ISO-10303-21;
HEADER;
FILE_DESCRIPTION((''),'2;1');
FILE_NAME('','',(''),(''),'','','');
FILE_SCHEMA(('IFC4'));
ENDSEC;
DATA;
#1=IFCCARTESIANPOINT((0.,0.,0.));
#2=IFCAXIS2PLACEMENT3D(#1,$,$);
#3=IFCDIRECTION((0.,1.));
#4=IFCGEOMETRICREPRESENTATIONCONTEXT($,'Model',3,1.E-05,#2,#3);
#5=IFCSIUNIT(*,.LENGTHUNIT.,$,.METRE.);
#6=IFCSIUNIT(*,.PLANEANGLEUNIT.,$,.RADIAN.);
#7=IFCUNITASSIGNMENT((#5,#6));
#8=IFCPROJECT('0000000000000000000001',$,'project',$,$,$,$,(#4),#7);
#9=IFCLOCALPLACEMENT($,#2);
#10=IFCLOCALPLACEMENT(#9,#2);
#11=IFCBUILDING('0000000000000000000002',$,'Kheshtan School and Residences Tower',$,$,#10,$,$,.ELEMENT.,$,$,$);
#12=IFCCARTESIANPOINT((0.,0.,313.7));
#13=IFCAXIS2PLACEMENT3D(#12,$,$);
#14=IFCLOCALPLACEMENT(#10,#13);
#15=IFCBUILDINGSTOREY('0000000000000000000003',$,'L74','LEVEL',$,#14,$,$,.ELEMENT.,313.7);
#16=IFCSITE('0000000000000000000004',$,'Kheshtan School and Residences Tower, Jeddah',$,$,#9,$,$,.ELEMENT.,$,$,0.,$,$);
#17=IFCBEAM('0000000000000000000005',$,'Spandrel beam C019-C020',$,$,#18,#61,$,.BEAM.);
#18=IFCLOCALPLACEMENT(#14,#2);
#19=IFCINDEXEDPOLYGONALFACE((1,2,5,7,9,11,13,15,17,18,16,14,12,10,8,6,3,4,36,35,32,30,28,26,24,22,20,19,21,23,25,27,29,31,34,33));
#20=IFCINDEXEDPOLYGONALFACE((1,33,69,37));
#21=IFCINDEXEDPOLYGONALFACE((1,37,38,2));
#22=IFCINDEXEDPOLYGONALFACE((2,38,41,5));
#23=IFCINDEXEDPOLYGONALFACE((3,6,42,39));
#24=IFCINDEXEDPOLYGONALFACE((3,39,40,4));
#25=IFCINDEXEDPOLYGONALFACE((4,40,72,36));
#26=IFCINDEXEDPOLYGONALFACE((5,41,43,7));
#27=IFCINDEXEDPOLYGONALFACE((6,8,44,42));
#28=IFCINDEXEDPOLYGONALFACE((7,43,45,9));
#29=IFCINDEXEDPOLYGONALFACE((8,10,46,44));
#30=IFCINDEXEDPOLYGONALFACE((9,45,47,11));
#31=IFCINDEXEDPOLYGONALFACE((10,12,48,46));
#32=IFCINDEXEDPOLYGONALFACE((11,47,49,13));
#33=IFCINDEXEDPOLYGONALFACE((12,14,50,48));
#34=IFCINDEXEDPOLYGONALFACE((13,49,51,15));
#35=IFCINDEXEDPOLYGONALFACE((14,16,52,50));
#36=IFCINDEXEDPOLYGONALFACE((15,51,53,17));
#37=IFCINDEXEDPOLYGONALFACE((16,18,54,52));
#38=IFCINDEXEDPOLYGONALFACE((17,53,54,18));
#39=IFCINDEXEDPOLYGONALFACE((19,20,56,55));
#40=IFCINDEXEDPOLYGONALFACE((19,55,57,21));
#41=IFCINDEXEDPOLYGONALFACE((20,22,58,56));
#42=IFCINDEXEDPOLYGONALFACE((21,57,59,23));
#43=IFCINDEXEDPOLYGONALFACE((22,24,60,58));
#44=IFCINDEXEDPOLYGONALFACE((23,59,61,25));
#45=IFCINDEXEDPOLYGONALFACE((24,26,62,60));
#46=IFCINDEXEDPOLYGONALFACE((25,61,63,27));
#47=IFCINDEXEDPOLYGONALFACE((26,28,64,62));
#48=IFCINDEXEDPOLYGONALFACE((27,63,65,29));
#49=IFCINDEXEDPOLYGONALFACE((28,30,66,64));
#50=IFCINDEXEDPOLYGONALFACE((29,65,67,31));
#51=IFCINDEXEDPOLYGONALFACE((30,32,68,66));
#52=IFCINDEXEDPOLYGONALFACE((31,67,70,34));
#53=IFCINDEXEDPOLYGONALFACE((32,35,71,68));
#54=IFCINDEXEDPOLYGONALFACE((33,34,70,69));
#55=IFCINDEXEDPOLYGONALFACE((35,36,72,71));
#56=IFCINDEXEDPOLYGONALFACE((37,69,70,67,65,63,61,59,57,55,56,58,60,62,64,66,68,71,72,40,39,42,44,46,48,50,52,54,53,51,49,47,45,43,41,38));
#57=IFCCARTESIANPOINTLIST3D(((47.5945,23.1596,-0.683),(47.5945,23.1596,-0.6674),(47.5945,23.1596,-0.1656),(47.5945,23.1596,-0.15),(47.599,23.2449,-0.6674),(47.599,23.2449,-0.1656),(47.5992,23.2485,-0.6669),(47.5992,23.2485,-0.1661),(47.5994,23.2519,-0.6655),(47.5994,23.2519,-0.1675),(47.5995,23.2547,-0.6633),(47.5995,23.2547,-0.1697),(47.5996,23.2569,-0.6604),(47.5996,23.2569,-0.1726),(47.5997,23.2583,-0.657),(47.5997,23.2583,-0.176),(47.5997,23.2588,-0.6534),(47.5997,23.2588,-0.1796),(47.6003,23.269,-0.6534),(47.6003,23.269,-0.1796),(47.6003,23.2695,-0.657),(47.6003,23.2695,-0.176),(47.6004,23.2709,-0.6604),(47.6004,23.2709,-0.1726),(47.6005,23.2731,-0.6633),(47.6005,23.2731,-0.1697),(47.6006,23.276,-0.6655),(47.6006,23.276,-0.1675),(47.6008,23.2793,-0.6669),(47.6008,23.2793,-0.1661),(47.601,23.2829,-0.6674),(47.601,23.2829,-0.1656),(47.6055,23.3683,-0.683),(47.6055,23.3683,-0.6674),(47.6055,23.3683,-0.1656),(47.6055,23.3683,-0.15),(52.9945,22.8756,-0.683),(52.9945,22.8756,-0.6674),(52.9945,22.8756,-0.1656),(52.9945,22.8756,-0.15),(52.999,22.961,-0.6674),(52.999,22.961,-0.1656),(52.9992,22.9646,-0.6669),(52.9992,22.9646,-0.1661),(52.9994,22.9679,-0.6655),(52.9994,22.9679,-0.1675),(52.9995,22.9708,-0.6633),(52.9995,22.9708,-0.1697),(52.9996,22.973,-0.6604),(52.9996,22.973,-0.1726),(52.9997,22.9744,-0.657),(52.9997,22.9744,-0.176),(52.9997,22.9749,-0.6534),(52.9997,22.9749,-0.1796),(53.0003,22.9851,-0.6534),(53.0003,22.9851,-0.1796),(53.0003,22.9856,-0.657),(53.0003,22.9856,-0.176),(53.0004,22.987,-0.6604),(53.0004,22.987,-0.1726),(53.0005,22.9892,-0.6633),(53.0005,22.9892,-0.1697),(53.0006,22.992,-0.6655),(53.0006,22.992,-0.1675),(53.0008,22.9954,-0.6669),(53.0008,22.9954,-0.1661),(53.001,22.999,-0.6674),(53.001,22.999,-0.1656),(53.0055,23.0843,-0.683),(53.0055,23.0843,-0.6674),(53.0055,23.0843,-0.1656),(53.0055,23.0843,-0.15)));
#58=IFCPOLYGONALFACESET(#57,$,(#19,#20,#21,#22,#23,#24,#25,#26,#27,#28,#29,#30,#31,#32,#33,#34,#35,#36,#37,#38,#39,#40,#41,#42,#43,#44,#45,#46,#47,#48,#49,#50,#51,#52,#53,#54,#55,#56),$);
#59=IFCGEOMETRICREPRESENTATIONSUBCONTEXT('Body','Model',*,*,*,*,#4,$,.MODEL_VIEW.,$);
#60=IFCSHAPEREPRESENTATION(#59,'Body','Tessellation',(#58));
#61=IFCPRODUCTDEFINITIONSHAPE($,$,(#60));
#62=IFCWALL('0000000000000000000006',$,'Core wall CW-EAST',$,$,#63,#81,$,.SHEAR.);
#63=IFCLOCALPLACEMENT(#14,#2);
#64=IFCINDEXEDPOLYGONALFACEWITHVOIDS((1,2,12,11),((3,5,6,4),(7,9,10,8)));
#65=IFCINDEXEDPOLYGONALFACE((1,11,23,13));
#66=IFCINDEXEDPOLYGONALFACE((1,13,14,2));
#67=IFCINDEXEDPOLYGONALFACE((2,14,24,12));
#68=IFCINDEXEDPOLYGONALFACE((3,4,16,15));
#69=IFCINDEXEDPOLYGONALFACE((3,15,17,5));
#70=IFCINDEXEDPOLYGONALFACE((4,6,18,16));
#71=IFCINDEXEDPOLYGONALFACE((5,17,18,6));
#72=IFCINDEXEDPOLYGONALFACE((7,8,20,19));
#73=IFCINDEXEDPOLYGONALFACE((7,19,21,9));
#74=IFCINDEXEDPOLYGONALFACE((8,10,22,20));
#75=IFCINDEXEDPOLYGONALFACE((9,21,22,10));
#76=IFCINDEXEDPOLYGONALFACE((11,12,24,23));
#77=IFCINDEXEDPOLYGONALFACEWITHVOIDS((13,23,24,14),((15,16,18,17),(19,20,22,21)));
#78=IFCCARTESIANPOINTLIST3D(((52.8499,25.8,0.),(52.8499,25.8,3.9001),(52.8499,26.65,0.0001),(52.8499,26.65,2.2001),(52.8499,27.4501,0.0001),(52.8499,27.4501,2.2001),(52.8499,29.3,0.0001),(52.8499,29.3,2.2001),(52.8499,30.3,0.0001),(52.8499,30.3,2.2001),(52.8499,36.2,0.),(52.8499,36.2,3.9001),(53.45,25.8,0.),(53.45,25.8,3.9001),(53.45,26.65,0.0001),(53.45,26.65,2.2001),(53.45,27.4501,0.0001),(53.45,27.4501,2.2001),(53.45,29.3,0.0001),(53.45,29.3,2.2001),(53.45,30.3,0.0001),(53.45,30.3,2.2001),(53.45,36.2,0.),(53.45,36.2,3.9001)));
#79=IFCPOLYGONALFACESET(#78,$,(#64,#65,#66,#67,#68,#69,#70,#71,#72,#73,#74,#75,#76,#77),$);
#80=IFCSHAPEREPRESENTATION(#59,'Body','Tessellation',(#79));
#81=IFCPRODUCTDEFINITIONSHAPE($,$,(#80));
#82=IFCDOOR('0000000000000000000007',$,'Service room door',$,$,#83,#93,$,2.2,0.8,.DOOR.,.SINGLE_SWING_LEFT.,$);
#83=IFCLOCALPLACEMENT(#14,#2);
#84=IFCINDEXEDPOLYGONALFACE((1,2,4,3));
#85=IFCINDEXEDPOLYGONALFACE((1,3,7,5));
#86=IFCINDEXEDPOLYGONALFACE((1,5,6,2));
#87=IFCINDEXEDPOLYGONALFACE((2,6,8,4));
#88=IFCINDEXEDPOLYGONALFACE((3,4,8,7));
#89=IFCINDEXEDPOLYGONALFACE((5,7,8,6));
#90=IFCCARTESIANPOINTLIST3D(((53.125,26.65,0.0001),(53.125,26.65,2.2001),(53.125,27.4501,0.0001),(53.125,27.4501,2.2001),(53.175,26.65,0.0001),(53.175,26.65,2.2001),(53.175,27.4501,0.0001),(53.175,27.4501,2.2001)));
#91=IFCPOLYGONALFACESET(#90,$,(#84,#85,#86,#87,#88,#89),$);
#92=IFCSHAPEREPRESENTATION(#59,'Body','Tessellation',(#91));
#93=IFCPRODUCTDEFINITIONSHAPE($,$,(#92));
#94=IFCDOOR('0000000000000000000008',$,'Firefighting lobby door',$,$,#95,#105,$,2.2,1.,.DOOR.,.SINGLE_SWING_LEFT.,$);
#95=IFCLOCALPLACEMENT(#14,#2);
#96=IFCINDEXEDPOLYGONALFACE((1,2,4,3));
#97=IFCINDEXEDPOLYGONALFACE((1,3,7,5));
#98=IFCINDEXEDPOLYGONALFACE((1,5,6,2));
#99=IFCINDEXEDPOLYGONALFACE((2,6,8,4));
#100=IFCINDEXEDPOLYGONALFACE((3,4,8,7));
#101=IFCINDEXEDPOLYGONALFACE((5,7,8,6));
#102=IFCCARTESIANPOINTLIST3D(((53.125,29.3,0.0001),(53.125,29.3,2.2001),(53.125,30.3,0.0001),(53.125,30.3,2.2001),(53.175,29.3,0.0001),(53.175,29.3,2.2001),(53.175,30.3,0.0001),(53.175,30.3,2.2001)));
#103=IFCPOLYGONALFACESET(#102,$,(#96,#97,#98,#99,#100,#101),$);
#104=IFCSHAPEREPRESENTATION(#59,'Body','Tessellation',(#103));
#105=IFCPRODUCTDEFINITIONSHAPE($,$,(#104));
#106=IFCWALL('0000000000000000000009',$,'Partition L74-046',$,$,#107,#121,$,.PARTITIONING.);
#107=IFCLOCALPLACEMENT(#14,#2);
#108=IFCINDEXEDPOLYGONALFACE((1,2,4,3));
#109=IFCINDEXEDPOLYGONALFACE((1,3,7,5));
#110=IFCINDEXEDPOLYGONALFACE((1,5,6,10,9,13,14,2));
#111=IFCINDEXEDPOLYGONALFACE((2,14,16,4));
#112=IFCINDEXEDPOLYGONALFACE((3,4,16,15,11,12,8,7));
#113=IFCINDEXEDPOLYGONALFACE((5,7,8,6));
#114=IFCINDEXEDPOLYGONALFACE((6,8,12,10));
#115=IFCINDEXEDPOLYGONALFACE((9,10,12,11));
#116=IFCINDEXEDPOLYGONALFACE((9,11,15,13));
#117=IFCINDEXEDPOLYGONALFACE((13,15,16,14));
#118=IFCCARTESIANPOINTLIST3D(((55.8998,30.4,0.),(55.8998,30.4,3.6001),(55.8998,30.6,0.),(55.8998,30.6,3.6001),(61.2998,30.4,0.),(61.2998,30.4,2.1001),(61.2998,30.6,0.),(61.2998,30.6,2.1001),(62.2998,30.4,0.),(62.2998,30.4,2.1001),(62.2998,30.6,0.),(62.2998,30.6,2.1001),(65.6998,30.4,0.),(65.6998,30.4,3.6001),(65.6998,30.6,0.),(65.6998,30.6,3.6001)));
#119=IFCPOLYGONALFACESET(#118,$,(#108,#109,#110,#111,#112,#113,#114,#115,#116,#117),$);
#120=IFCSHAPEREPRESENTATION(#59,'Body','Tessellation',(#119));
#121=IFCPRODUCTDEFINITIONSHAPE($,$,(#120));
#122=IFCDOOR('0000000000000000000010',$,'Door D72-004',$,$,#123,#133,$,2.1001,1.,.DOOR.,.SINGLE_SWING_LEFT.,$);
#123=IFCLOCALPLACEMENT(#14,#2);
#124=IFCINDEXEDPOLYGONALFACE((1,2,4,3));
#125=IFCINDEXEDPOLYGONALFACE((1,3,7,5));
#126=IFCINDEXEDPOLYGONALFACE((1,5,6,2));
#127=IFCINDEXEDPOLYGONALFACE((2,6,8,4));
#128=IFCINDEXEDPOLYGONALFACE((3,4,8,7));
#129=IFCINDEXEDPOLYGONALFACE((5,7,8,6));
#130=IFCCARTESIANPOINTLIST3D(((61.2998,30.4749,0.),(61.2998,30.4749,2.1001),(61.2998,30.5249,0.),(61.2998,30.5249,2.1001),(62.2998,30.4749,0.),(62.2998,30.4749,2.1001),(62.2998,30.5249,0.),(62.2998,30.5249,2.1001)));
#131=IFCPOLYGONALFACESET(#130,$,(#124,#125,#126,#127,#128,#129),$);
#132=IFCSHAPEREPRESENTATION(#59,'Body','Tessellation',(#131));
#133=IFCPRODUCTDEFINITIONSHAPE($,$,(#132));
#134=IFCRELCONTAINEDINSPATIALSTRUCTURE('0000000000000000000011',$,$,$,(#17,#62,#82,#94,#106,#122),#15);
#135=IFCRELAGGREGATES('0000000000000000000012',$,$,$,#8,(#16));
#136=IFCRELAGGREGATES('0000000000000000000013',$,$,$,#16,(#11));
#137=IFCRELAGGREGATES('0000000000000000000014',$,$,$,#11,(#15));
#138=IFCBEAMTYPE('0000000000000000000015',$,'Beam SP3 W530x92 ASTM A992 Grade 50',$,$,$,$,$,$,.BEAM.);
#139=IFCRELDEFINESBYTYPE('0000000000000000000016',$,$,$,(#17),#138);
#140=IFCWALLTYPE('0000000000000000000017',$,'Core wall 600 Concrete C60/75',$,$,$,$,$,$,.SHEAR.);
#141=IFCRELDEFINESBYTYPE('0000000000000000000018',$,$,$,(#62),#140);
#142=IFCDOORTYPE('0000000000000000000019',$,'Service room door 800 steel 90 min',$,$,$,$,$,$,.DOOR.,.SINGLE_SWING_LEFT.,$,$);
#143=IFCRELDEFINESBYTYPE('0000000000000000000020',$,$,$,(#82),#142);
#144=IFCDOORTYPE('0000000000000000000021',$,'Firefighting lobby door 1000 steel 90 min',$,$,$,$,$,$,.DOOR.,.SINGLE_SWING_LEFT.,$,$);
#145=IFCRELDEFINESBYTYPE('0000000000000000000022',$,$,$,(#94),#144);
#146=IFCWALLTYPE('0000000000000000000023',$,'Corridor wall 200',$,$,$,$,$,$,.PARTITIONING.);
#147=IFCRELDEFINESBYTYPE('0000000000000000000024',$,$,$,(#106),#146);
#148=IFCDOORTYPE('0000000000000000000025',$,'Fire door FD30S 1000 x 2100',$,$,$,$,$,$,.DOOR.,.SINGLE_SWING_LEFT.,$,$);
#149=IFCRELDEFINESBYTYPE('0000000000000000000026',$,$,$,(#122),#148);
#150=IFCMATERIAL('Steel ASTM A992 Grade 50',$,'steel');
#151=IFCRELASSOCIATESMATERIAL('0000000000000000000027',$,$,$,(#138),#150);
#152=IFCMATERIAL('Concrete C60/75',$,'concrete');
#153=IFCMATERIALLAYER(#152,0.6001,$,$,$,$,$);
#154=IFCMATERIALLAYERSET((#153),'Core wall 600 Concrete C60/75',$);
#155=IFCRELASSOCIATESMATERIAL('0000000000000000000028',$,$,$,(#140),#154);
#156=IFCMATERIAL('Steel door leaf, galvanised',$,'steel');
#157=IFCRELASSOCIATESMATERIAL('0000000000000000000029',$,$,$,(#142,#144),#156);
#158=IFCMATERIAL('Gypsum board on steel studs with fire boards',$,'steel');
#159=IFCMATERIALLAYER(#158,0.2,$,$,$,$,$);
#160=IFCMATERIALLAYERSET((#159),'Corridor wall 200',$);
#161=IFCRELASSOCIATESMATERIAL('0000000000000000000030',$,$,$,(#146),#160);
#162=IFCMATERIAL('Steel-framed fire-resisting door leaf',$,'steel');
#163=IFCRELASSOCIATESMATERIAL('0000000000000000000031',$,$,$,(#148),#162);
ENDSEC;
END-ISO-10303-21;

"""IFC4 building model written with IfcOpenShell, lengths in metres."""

from ifc_helpers import new_model, si_unit, direction, frame, frame_2d, origin, origin_2d, place, context, subcontext, project, spatial, rectangle, i_section, extrude, source, transform, mapped, material, layer, layer_set, material_profile, profile_set, type_object, element, fill, save


model = new_model("IFC4")

# Units and contexts
model_context = context("Model", 3, precision=1e-05, world=origin(), true_north=direction((0.0, 1.0)))
body_context = subcontext(model_context, "Body", "Model", "MODEL_VIEW")
ifc_project = project(units=[si_unit("LENGTHUNIT", "METRE"), si_unit("PLANEANGLEUNIT", "RADIAN")], contexts=[model_context])

# Site, building, storey
site_placement = place(None, origin())
site = spatial("IfcSite", under=ifc_project, at=site_placement, Name="Kheshtan School and Residences Tower, Jeddah", CompositionType="ELEMENT", RefElevation=0.0)
building_placement = place(site_placement, origin())
building = spatial("IfcBuilding", under=site, at=building_placement, Name="Kheshtan School and Residences Tower", CompositionType="ELEMENT")
storey_placement = place(building_placement, frame((0.0, 0.0, 313.7)))
storey = spatial("IfcBuildingStorey", under=building, at=storey_placement, Name="L74", Description="LEVEL", CompositionType="ELEMENT", Elevation=313.7)

# Shared definitions
ifc_material_1 = material(Name="Steel ASTM A992 Grade 50", Category="steel")

# Beam
ifc_material_profile_1 = material_profile(ifc_material_1, i_section(OverallWidth=0.209, OverallDepth=0.533, WebThickness=0.0103, FlangeThickness=0.0156, FilletRadius=0.0139, at=origin_2d()), Name="W530x92")
ifc_profile_set_1 = profile_set([ifc_material_profile_1], Name="Steel ASTM A992 Grade 50")
beam_type_1 = type_object("IfcBeamType", Name="Beam SP3 W530x92 ASTM A992 Grade 50", PredefinedType="BEAM", material=ifc_profile_set_1)
for number, where, z_axis, x_axis, name in (
    (1, (53.0, 22.98, -0.4165), (-0.99862, 0.052509, 0.0), (-0.052509, -0.99862, 0.0), "Spandrel beam C019-C020"),
):
    element("IfcBeam", number, at=place(storey_placement, frame(where, z_axis=z_axis, x_axis=x_axis)), inside=storey, type_object=beam_type_1, Name=name, PredefinedType="BEAM", context=body_context, shape_type="SweptSolid", body=[
        extrude(i_section(OverallWidth=0.209, OverallDepth=0.533, WebThickness=0.0103, FlangeThickness=0.0156, FilletRadius=0.0139, at=origin_2d()), origin(), (0.0, 0.0, 1.0), 5.4075),
    ])

# Wall, openings, doors
ifc_material_2 = material(Name="Concrete C60/75", Category="concrete")
ifc_layer_1 = layer(ifc_material_2, 0.6001)
ifc_layer_set_1 = layer_set([ifc_layer_1], Name="Core wall 600 Concrete C60/75")
wall_type_1 = type_object("IfcWallType", Name="Core wall 600 Concrete C60/75", PredefinedType="SHEAR", material=ifc_layer_set_1)
wall_1_placement = place(storey_placement, frame((53.1499, 25.8, 0.0), z_axis=(0.0, 0.0, 1.0), x_axis=(0.0, 1.0, 0.0)))
wall_1 = element("IfcWall", 2, at=wall_1_placement, inside=storey, type_object=wall_type_1, Name="Core wall CW-EAST", PredefinedType="SHEAR", context=body_context, shape_type="SweptSolid", body=[
    extrude(rectangle(XDim=10.3999, YDim=0.6001, at=frame_2d((5.2, 0.0))), origin(), (0.0, 0.0, 1.0), 3.9001),
])
opening_1_placement = place(wall_1_placement, frame((0.8501, 0.0, 0.0)))
opening_1 = element("IfcOpeningElement", 3, at=opening_1_placement, cuts=wall_1, PredefinedType="OPENING", context=body_context, shape_type="SweptSolid", body=[
    extrude(rectangle(XDim=0.8, YDim=2.2, at=frame_2d((0.3999, 1.1001))), frame((0.0, 0.3101, 0.0), z_axis=(0.0, -1.0, 0.0), x_axis=(1.0, 0.0, 0.0)), (0.0, 0.0, 1.0), 0.6201),
])
opening_2_placement = place(wall_1_placement, frame((3.5, 0.0, 0.0)))
opening_2 = element("IfcOpeningElement", 4, at=opening_2_placement, cuts=wall_1, PredefinedType="OPENING", context=body_context, shape_type="SweptSolid", body=[
    extrude(rectangle(XDim=1.0, YDim=2.2, at=frame_2d((0.5, 1.1001))), frame((0.0, 0.3101, 0.0), z_axis=(0.0, -1.0, 0.0), x_axis=(1.0, 0.0, 0.0)), (0.0, 0.0, 1.0), 0.6201),
])
ifc_material_3 = material(Name="Steel door leaf, galvanised", Category="steel")
door_type_1 = type_object("IfcDoorType", Name="Service room door 800 steel 90 min", OperationType="SINGLE_SWING_LEFT", PredefinedType="DOOR", material=ifc_material_3)
shared_shape_1 = source(origin(), body_context, "Body", "SweptSolid", [
    extrude(rectangle(XDim=0.8, YDim=2.2, at=frame_2d((0.3999, 1.1001))), frame((0.0, 0.0249, 0.0), z_axis=(0.0, -1.0, 0.0), x_axis=(1.0, 0.0, 0.0)), (0.0, 0.0, 1.0), 0.05),
])
door_1_placement = place(opening_1_placement, origin())
door_1 = element("IfcDoor", 5, at=door_1_placement, inside=storey, type_object=door_type_1, Name="Service room door", OperationType="SINGLE_SWING_LEFT", OverallHeight=2.2, OverallWidth=0.8, PredefinedType="DOOR", context=body_context, shape_type="MappedRepresentation", body=[
    mapped(shared_shape_1, transform((0.0, 0.0, 0.0), x_axis=(1.0, 0.0, 0.0), y_axis=(0.0, 1.0, 0.0), z_axis=(0.0, 0.0, 1.0), scale=1.0)),
])
fill(opening_1, door_1)
door_type_2 = type_object("IfcDoorType", Name="Firefighting lobby door 1000 steel 90 min", OperationType="SINGLE_SWING_LEFT", PredefinedType="DOOR", material=ifc_material_3)
shared_shape_2 = source(origin(), body_context, "Body", "SweptSolid", [
    extrude(rectangle(XDim=1.0, YDim=2.2, at=frame_2d((0.5, 1.1001))), frame((0.0, 0.0249, 0.0), z_axis=(0.0, -1.0, 0.0), x_axis=(1.0, 0.0, 0.0)), (0.0, 0.0, 1.0), 0.05),
])
door_2_placement = place(opening_2_placement, origin())
door_2 = element("IfcDoor", 6, at=door_2_placement, inside=storey, type_object=door_type_2, Name="Firefighting lobby door", OperationType="SINGLE_SWING_LEFT", OverallHeight=2.2, OverallWidth=1.0, PredefinedType="DOOR", context=body_context, shape_type="MappedRepresentation", body=[
    mapped(shared_shape_2, transform((0.0, 0.0, 0.0), x_axis=(1.0, 0.0, 0.0), y_axis=(0.0, 1.0, 0.0), z_axis=(0.0, 0.0, 1.0), scale=1.0)),
])
fill(opening_2, door_2)

# Wall, opening, door
ifc_material_4 = material(Name="Gypsum board on steel studs with fire boards", Category="steel")
ifc_layer_2 = layer(ifc_material_4, 0.2)
ifc_layer_set_2 = layer_set([ifc_layer_2], Name="Corridor wall 200")
wall_type_2 = type_object("IfcWallType", Name="Corridor wall 200", PredefinedType="PARTITIONING", material=ifc_layer_set_2)
wall_2_placement = place(storey_placement, frame((55.8999, 30.5, 0.0), z_axis=(0.0, 0.0, 1.0), x_axis=(1.0, 0.0, 0.0)))
wall_2 = element("IfcWall", 7, at=wall_2_placement, inside=storey, type_object=wall_type_2, Name="Partition L74-046", PredefinedType="PARTITIONING", context=body_context, shape_type="SweptSolid", body=[
    extrude(rectangle(XDim=9.8, YDim=0.2, at=frame_2d((4.8999, 0.0))), origin(), (0.0, 0.0, 1.0), 3.6001),
])
opening_3_placement = place(wall_2_placement, frame((5.3999, 0.0, 0.0)))
opening_3 = element("IfcOpeningElement", 8, at=opening_3_placement, cuts=wall_2, PredefinedType="OPENING", context=body_context, shape_type="SweptSolid", body=[
    extrude(rectangle(XDim=1.0, YDim=2.1001, at=frame_2d((0.5, 1.05))), frame((0.0, 0.1099, 0.0), z_axis=(0.0, -1.0, 0.0), x_axis=(1.0, 0.0, 0.0)), (0.0, 0.0, 1.0), 0.22),
])
ifc_material_5 = material(Name="Steel-framed fire-resisting door leaf", Category="steel")
door_type_3 = type_object("IfcDoorType", Name="Fire door FD30S 1000 x 2100", OperationType="SINGLE_SWING_LEFT", PredefinedType="DOOR", material=ifc_material_5)
shared_shape_3 = source(origin(), body_context, "Body", "SweptSolid", [
    extrude(rectangle(XDim=1.0, YDim=2.1001, at=frame_2d((0.5, 1.05))), frame((0.0, 0.0249, 0.0), z_axis=(0.0, -1.0, 0.0), x_axis=(1.0, 0.0, 0.0)), (0.0, 0.0, 1.0), 0.05),
])
door_3_placement = place(opening_3_placement, origin())
door_3 = element("IfcDoor", 9, at=door_3_placement, inside=storey, type_object=door_type_3, Name="Door D72-004", OperationType="SINGLE_SWING_LEFT", OverallHeight=2.1001, OverallWidth=1.0, PredefinedType="DOOR", context=body_context, shape_type="MappedRepresentation", body=[
    mapped(shared_shape_3, transform((0.0, 0.0, 0.0), x_axis=(1.0, 0.0, 0.0), y_axis=(0.0, 1.0, 0.0), z_axis=(0.0, 0.0, 1.0), scale=1.0)),
])
fill(opening_3, door_3)

save(model, "model.ifc")
